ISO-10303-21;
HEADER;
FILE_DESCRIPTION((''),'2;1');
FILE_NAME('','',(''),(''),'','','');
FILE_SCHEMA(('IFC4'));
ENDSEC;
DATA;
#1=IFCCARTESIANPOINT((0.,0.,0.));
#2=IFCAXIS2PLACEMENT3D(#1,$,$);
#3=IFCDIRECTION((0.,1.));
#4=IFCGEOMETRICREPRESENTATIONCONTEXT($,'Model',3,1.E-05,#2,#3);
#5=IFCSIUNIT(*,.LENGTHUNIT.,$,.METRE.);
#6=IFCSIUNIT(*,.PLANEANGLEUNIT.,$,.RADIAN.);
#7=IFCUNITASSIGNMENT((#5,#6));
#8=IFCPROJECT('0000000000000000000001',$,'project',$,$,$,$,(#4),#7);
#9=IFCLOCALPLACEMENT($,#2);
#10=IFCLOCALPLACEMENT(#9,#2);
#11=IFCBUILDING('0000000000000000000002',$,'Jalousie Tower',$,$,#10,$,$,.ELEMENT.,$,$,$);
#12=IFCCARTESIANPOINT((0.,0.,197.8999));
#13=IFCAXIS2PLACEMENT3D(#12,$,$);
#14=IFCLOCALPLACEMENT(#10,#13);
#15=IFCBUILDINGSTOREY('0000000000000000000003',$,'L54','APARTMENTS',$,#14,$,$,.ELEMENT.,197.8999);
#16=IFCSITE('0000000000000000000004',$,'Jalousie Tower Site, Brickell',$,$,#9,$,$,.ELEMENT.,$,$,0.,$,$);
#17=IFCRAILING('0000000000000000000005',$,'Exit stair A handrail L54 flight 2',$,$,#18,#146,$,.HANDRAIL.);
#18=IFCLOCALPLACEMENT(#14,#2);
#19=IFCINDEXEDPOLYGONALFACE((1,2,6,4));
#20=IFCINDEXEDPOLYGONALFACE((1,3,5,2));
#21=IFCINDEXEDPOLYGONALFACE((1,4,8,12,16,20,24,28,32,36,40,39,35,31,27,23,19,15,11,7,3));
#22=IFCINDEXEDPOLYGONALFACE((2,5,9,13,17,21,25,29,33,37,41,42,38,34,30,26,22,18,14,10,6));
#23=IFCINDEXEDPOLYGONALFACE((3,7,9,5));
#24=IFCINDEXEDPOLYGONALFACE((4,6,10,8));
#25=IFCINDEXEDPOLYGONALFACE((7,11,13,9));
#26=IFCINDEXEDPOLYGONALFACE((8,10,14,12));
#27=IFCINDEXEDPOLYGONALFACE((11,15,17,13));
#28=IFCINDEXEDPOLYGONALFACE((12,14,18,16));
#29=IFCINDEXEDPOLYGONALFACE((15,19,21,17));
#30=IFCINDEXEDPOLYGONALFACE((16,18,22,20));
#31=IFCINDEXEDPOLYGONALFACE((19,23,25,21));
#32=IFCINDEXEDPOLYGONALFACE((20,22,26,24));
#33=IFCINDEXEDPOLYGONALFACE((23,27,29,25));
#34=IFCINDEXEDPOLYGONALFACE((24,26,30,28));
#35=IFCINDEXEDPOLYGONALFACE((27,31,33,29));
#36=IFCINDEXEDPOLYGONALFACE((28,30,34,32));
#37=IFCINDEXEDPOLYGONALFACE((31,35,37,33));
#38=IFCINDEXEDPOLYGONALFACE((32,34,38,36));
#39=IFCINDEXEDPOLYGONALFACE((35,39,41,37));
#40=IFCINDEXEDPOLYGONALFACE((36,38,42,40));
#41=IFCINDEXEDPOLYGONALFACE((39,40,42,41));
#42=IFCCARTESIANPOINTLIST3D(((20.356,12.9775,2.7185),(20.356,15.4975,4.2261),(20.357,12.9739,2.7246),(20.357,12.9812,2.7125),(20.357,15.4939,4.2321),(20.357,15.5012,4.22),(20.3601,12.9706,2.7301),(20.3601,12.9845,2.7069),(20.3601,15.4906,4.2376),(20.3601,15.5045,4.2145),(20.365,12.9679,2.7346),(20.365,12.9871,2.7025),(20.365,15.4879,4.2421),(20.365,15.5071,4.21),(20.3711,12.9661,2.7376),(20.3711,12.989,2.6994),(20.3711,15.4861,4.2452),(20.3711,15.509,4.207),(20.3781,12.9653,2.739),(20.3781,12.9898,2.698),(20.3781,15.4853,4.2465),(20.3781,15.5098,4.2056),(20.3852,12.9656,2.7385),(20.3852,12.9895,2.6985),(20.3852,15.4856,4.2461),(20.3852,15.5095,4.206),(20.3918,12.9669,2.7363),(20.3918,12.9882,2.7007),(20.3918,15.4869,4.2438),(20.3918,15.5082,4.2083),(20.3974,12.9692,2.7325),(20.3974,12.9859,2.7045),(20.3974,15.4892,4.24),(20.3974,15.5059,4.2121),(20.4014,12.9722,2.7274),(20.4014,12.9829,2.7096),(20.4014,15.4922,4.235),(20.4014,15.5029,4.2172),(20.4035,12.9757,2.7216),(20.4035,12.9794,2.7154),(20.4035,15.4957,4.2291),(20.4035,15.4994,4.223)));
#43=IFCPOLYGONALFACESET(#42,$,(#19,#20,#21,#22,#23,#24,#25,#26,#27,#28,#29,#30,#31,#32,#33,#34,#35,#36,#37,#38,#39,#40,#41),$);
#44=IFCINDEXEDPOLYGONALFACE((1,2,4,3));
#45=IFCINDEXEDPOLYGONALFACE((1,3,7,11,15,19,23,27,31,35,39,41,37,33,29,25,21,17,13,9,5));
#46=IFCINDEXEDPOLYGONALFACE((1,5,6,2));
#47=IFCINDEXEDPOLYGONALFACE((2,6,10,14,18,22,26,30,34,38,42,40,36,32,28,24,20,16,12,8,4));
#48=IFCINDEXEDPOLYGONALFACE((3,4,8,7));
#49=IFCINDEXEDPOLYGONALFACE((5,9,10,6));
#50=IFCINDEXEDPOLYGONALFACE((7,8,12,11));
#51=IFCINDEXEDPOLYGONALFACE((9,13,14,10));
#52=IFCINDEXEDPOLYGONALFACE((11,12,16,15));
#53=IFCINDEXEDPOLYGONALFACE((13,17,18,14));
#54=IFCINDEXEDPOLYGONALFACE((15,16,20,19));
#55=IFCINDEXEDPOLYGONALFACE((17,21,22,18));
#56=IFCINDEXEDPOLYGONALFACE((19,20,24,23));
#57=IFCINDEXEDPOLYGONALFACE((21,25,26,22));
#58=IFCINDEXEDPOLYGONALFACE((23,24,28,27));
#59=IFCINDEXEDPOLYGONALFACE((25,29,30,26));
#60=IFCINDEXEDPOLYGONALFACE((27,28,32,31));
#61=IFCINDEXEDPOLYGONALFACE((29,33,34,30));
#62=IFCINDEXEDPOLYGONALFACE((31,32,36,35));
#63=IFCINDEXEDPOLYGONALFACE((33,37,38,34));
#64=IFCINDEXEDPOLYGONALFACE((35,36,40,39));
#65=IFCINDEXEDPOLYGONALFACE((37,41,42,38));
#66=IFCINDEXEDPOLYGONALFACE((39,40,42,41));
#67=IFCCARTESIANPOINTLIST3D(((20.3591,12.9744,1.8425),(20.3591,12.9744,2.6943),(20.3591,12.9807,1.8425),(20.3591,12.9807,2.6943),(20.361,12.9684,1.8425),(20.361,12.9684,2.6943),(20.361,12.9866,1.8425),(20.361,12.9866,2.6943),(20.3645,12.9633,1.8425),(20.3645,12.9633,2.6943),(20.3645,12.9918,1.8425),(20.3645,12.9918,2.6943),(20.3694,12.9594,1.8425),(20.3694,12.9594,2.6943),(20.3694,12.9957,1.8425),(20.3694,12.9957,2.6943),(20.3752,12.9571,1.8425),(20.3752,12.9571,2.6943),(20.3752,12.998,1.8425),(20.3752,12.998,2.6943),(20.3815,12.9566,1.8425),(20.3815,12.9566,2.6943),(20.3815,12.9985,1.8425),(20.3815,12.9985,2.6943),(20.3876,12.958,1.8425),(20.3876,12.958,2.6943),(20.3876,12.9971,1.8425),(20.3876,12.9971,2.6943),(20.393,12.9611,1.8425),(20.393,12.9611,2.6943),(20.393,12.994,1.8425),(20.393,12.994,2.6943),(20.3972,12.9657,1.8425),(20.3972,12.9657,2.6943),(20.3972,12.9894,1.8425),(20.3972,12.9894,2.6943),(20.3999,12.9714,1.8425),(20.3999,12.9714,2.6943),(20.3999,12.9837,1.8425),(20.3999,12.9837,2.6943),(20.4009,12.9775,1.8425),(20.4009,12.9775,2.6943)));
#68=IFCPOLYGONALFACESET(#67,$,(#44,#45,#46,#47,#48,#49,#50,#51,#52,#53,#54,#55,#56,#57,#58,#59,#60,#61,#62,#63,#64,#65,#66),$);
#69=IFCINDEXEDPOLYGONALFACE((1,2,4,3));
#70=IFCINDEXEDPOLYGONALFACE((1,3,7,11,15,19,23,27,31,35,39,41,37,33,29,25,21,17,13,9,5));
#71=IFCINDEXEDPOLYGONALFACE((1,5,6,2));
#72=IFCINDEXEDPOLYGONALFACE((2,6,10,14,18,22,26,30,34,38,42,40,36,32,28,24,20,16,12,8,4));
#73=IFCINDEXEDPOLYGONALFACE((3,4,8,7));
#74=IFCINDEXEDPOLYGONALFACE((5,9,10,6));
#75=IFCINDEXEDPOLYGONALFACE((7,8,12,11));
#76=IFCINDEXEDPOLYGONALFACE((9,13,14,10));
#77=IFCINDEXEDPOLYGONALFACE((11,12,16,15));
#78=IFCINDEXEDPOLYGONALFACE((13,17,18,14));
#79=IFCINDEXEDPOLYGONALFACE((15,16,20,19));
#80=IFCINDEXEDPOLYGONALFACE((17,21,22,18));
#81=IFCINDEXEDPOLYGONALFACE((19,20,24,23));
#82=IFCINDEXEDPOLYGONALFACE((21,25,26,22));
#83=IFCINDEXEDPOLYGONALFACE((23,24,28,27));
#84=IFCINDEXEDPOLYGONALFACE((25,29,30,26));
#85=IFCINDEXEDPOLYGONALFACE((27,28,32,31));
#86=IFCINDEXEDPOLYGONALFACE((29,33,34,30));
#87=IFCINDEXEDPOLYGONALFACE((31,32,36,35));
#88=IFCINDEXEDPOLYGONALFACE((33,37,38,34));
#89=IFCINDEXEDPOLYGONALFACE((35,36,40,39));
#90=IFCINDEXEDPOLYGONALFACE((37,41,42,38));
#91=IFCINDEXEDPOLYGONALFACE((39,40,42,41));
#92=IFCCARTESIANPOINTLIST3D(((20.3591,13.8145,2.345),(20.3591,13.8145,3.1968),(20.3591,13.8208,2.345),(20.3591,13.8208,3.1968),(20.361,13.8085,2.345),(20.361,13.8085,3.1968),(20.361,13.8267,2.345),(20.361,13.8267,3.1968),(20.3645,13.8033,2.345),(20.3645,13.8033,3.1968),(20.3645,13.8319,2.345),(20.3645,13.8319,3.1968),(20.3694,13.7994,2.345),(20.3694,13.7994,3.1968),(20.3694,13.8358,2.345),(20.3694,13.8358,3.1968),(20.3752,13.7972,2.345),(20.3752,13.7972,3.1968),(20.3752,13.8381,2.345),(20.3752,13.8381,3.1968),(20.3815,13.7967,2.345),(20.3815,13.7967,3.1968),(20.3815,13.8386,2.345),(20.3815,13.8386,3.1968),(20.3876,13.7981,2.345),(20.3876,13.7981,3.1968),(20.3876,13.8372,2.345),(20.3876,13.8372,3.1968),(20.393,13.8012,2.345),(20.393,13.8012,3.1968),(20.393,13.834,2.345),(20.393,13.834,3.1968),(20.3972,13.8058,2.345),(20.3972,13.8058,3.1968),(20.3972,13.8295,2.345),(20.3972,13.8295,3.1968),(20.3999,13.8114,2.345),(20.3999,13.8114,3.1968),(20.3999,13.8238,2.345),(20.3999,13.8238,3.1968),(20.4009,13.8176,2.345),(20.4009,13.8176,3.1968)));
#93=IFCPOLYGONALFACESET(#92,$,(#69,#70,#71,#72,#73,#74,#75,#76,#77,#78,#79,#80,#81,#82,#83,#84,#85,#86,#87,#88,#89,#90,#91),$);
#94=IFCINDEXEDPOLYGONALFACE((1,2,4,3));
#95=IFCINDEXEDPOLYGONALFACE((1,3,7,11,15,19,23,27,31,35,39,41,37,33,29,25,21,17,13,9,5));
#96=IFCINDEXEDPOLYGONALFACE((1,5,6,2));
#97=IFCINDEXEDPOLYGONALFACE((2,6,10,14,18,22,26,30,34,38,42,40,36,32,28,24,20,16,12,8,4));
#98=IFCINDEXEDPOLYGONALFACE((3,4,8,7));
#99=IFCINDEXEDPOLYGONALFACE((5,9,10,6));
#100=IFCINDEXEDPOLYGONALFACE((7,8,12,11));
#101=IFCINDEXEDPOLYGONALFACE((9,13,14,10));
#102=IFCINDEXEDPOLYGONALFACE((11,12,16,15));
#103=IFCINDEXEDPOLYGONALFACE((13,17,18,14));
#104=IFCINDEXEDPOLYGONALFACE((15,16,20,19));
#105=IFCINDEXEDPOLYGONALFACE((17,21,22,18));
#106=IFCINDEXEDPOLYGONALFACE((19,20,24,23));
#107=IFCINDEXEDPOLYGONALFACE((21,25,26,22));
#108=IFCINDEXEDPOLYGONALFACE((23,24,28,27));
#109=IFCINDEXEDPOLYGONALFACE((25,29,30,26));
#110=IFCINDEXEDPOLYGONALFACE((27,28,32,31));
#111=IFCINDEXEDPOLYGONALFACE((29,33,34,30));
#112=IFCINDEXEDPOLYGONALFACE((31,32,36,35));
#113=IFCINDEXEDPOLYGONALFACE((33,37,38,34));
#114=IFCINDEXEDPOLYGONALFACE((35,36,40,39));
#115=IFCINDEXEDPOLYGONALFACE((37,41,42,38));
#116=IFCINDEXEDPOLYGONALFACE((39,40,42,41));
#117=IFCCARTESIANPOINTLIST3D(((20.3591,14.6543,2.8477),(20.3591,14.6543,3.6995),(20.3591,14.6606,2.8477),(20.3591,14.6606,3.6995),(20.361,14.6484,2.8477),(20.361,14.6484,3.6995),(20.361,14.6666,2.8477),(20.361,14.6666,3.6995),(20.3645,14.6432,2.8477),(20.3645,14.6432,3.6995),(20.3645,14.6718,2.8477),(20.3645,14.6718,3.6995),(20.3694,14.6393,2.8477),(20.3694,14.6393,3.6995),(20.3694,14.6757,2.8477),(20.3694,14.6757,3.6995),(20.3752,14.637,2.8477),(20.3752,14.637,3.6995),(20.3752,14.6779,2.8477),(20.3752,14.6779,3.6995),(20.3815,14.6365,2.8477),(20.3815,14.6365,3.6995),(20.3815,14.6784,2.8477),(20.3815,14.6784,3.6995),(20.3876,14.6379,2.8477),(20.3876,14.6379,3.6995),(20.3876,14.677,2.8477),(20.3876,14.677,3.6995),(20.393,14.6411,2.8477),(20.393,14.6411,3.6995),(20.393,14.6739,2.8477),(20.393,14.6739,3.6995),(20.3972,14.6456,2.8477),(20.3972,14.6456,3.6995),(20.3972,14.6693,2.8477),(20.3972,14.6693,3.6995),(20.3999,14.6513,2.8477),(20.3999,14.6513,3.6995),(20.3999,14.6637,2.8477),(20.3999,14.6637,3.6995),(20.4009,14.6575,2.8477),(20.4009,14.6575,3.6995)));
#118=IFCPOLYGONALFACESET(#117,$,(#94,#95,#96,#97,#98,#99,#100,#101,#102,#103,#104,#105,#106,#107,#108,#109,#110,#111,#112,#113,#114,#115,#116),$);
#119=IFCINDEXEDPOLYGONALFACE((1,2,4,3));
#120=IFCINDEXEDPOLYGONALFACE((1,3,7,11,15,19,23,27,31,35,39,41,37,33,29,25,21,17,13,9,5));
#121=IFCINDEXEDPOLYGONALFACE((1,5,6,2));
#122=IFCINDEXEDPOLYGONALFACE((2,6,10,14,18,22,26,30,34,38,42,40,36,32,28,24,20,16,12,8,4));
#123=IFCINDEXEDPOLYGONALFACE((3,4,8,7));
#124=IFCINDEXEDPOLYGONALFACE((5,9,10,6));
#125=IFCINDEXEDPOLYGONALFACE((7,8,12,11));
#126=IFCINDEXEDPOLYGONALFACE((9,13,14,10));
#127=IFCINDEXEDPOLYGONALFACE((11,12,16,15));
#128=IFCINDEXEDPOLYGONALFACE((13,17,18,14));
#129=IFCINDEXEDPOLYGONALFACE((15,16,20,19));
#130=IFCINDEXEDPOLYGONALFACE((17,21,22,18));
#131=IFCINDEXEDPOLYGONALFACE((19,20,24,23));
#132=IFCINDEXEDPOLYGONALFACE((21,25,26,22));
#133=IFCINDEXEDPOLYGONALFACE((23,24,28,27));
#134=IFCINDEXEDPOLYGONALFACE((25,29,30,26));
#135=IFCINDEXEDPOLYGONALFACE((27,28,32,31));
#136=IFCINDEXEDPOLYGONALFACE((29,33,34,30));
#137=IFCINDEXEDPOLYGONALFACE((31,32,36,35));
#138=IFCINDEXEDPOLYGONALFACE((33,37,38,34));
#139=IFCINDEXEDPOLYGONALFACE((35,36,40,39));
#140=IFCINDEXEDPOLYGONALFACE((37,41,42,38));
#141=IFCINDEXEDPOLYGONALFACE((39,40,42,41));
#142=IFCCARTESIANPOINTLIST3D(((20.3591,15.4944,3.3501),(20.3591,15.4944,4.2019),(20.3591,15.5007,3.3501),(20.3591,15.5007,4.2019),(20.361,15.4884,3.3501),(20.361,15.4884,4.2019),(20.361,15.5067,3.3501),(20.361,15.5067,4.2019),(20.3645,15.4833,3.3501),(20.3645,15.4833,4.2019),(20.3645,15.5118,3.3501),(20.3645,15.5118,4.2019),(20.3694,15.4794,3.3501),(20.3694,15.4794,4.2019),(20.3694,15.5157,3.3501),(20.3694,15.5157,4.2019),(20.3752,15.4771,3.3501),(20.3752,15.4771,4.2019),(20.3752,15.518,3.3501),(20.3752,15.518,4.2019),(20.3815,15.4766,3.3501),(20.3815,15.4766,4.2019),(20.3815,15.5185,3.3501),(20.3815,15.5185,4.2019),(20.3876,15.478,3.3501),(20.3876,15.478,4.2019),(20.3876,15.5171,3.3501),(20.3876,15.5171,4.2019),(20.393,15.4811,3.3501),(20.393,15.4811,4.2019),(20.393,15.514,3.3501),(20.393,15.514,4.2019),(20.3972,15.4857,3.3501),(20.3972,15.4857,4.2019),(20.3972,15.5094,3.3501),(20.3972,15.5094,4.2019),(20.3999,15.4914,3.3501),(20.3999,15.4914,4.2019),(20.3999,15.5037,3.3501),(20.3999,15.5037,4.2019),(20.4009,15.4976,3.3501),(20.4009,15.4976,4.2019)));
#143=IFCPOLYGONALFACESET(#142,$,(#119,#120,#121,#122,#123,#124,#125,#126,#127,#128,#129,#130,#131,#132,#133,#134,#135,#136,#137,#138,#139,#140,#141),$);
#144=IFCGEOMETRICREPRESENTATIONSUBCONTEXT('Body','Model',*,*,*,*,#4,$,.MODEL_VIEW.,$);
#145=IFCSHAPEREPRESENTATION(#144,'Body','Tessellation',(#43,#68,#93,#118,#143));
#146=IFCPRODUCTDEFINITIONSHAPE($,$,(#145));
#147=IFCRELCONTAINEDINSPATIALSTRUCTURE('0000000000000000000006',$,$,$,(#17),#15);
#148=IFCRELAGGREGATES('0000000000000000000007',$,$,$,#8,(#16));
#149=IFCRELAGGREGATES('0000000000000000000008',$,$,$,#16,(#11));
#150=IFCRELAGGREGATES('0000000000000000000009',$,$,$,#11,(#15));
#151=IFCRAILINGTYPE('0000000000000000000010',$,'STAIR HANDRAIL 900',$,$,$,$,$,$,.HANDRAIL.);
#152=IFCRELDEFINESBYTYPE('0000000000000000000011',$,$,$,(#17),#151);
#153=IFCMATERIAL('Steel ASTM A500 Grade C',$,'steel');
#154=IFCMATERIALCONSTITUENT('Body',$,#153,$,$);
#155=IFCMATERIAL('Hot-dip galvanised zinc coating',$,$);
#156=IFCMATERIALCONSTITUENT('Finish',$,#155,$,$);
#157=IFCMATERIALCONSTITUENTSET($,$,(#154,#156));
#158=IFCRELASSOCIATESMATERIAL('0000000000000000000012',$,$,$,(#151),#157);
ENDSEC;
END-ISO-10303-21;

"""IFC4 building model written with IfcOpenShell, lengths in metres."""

from ifc_helpers import new_model, si_unit, direction, frame, origin, origin_2d, place, context, subcontext, project, spatial, circle, extrude, material, constituent, constituent_set, type_object, element, save


model = new_model("IFC4")

# Units and contexts
model_context = context("Model", 3, precision=1e-05, world=origin(), true_north=direction((0.0, 1.0)))
body_context = subcontext(model_context, "Body", "Model", "MODEL_VIEW")
ifc_project = project(units=[si_unit("LENGTHUNIT", "METRE"), si_unit("PLANEANGLEUNIT", "RADIAN")], contexts=[model_context])

# Site, building, storey
site_placement = place(None, origin())
site = spatial("IfcSite", under=ifc_project, at=site_placement, Name="Jalousie Tower Site, Brickell", CompositionType="ELEMENT", RefElevation=0.0)
building_placement = place(site_placement, origin())
building = spatial("IfcBuilding", under=site, at=building_placement, Name="Jalousie Tower", CompositionType="ELEMENT")
storey_placement = place(building_placement, frame((0.0, 0.0, 197.8999)))
storey = spatial("IfcBuildingStorey", under=building, at=storey_placement, Name="L54", Description="APARTMENTS", CompositionType="ELEMENT", Elevation=197.8999)

# Railing
ifc_material_1 = material(Name="Steel ASTM A500 Grade C", Category="steel")
ifc_constituent_1 = constituent(ifc_material_1, Name="Body")
ifc_material_2 = material(Name="Hot-dip galvanised zinc coating")
ifc_constituent_2 = constituent(ifc_material_2, Name="Finish")
ifc_constituent_set_1 = constituent_set(constituents=[ifc_constituent_1, ifc_constituent_2])
railing_type_1 = type_object("IfcRailingType", Name="STAIR HANDRAIL 900", PredefinedType="HANDRAIL", material=ifc_constituent_set_1)
railing_1_placement = place(storey_placement, frame((20.3799, 12.9775, 1.8425)))
element("IfcRailing", 1, at=railing_1_placement, inside=storey, type_object=railing_type_1, Name="Exit stair A handrail L54 flight 2", PredefinedType="HANDRAIL", context=body_context, shape_type="SweptSolid", body=[
    extrude(circle(Radius=0.0239, at=origin_2d()), frame((0.0, 0.0, 0.876), z_axis=(0.0, 0.85816, 0.513383), x_axis=(-1.0, 0.0, 0.0)), (0.0, 0.0, 1.0), 2.9365),
    extrude(circle(Radius=0.021, at=origin_2d()), origin(), (0.0, 0.0, 1.0), 0.8518),
    extrude(circle(Radius=0.021, at=origin_2d()), frame((0.0, 0.8401, 0.5024)), (0.0, 0.0, 1.0), 0.8518),
    extrude(circle(Radius=0.021, at=origin_2d()), frame((0.0, 1.6799, 1.0051)), (0.0, 0.0, 1.0), 0.8518),
    extrude(circle(Radius=0.021, at=origin_2d()), frame((0.0, 2.52, 1.5076)), (0.0, 0.0, 1.0), 0.8518),
])

save(model, "model.ifc")
